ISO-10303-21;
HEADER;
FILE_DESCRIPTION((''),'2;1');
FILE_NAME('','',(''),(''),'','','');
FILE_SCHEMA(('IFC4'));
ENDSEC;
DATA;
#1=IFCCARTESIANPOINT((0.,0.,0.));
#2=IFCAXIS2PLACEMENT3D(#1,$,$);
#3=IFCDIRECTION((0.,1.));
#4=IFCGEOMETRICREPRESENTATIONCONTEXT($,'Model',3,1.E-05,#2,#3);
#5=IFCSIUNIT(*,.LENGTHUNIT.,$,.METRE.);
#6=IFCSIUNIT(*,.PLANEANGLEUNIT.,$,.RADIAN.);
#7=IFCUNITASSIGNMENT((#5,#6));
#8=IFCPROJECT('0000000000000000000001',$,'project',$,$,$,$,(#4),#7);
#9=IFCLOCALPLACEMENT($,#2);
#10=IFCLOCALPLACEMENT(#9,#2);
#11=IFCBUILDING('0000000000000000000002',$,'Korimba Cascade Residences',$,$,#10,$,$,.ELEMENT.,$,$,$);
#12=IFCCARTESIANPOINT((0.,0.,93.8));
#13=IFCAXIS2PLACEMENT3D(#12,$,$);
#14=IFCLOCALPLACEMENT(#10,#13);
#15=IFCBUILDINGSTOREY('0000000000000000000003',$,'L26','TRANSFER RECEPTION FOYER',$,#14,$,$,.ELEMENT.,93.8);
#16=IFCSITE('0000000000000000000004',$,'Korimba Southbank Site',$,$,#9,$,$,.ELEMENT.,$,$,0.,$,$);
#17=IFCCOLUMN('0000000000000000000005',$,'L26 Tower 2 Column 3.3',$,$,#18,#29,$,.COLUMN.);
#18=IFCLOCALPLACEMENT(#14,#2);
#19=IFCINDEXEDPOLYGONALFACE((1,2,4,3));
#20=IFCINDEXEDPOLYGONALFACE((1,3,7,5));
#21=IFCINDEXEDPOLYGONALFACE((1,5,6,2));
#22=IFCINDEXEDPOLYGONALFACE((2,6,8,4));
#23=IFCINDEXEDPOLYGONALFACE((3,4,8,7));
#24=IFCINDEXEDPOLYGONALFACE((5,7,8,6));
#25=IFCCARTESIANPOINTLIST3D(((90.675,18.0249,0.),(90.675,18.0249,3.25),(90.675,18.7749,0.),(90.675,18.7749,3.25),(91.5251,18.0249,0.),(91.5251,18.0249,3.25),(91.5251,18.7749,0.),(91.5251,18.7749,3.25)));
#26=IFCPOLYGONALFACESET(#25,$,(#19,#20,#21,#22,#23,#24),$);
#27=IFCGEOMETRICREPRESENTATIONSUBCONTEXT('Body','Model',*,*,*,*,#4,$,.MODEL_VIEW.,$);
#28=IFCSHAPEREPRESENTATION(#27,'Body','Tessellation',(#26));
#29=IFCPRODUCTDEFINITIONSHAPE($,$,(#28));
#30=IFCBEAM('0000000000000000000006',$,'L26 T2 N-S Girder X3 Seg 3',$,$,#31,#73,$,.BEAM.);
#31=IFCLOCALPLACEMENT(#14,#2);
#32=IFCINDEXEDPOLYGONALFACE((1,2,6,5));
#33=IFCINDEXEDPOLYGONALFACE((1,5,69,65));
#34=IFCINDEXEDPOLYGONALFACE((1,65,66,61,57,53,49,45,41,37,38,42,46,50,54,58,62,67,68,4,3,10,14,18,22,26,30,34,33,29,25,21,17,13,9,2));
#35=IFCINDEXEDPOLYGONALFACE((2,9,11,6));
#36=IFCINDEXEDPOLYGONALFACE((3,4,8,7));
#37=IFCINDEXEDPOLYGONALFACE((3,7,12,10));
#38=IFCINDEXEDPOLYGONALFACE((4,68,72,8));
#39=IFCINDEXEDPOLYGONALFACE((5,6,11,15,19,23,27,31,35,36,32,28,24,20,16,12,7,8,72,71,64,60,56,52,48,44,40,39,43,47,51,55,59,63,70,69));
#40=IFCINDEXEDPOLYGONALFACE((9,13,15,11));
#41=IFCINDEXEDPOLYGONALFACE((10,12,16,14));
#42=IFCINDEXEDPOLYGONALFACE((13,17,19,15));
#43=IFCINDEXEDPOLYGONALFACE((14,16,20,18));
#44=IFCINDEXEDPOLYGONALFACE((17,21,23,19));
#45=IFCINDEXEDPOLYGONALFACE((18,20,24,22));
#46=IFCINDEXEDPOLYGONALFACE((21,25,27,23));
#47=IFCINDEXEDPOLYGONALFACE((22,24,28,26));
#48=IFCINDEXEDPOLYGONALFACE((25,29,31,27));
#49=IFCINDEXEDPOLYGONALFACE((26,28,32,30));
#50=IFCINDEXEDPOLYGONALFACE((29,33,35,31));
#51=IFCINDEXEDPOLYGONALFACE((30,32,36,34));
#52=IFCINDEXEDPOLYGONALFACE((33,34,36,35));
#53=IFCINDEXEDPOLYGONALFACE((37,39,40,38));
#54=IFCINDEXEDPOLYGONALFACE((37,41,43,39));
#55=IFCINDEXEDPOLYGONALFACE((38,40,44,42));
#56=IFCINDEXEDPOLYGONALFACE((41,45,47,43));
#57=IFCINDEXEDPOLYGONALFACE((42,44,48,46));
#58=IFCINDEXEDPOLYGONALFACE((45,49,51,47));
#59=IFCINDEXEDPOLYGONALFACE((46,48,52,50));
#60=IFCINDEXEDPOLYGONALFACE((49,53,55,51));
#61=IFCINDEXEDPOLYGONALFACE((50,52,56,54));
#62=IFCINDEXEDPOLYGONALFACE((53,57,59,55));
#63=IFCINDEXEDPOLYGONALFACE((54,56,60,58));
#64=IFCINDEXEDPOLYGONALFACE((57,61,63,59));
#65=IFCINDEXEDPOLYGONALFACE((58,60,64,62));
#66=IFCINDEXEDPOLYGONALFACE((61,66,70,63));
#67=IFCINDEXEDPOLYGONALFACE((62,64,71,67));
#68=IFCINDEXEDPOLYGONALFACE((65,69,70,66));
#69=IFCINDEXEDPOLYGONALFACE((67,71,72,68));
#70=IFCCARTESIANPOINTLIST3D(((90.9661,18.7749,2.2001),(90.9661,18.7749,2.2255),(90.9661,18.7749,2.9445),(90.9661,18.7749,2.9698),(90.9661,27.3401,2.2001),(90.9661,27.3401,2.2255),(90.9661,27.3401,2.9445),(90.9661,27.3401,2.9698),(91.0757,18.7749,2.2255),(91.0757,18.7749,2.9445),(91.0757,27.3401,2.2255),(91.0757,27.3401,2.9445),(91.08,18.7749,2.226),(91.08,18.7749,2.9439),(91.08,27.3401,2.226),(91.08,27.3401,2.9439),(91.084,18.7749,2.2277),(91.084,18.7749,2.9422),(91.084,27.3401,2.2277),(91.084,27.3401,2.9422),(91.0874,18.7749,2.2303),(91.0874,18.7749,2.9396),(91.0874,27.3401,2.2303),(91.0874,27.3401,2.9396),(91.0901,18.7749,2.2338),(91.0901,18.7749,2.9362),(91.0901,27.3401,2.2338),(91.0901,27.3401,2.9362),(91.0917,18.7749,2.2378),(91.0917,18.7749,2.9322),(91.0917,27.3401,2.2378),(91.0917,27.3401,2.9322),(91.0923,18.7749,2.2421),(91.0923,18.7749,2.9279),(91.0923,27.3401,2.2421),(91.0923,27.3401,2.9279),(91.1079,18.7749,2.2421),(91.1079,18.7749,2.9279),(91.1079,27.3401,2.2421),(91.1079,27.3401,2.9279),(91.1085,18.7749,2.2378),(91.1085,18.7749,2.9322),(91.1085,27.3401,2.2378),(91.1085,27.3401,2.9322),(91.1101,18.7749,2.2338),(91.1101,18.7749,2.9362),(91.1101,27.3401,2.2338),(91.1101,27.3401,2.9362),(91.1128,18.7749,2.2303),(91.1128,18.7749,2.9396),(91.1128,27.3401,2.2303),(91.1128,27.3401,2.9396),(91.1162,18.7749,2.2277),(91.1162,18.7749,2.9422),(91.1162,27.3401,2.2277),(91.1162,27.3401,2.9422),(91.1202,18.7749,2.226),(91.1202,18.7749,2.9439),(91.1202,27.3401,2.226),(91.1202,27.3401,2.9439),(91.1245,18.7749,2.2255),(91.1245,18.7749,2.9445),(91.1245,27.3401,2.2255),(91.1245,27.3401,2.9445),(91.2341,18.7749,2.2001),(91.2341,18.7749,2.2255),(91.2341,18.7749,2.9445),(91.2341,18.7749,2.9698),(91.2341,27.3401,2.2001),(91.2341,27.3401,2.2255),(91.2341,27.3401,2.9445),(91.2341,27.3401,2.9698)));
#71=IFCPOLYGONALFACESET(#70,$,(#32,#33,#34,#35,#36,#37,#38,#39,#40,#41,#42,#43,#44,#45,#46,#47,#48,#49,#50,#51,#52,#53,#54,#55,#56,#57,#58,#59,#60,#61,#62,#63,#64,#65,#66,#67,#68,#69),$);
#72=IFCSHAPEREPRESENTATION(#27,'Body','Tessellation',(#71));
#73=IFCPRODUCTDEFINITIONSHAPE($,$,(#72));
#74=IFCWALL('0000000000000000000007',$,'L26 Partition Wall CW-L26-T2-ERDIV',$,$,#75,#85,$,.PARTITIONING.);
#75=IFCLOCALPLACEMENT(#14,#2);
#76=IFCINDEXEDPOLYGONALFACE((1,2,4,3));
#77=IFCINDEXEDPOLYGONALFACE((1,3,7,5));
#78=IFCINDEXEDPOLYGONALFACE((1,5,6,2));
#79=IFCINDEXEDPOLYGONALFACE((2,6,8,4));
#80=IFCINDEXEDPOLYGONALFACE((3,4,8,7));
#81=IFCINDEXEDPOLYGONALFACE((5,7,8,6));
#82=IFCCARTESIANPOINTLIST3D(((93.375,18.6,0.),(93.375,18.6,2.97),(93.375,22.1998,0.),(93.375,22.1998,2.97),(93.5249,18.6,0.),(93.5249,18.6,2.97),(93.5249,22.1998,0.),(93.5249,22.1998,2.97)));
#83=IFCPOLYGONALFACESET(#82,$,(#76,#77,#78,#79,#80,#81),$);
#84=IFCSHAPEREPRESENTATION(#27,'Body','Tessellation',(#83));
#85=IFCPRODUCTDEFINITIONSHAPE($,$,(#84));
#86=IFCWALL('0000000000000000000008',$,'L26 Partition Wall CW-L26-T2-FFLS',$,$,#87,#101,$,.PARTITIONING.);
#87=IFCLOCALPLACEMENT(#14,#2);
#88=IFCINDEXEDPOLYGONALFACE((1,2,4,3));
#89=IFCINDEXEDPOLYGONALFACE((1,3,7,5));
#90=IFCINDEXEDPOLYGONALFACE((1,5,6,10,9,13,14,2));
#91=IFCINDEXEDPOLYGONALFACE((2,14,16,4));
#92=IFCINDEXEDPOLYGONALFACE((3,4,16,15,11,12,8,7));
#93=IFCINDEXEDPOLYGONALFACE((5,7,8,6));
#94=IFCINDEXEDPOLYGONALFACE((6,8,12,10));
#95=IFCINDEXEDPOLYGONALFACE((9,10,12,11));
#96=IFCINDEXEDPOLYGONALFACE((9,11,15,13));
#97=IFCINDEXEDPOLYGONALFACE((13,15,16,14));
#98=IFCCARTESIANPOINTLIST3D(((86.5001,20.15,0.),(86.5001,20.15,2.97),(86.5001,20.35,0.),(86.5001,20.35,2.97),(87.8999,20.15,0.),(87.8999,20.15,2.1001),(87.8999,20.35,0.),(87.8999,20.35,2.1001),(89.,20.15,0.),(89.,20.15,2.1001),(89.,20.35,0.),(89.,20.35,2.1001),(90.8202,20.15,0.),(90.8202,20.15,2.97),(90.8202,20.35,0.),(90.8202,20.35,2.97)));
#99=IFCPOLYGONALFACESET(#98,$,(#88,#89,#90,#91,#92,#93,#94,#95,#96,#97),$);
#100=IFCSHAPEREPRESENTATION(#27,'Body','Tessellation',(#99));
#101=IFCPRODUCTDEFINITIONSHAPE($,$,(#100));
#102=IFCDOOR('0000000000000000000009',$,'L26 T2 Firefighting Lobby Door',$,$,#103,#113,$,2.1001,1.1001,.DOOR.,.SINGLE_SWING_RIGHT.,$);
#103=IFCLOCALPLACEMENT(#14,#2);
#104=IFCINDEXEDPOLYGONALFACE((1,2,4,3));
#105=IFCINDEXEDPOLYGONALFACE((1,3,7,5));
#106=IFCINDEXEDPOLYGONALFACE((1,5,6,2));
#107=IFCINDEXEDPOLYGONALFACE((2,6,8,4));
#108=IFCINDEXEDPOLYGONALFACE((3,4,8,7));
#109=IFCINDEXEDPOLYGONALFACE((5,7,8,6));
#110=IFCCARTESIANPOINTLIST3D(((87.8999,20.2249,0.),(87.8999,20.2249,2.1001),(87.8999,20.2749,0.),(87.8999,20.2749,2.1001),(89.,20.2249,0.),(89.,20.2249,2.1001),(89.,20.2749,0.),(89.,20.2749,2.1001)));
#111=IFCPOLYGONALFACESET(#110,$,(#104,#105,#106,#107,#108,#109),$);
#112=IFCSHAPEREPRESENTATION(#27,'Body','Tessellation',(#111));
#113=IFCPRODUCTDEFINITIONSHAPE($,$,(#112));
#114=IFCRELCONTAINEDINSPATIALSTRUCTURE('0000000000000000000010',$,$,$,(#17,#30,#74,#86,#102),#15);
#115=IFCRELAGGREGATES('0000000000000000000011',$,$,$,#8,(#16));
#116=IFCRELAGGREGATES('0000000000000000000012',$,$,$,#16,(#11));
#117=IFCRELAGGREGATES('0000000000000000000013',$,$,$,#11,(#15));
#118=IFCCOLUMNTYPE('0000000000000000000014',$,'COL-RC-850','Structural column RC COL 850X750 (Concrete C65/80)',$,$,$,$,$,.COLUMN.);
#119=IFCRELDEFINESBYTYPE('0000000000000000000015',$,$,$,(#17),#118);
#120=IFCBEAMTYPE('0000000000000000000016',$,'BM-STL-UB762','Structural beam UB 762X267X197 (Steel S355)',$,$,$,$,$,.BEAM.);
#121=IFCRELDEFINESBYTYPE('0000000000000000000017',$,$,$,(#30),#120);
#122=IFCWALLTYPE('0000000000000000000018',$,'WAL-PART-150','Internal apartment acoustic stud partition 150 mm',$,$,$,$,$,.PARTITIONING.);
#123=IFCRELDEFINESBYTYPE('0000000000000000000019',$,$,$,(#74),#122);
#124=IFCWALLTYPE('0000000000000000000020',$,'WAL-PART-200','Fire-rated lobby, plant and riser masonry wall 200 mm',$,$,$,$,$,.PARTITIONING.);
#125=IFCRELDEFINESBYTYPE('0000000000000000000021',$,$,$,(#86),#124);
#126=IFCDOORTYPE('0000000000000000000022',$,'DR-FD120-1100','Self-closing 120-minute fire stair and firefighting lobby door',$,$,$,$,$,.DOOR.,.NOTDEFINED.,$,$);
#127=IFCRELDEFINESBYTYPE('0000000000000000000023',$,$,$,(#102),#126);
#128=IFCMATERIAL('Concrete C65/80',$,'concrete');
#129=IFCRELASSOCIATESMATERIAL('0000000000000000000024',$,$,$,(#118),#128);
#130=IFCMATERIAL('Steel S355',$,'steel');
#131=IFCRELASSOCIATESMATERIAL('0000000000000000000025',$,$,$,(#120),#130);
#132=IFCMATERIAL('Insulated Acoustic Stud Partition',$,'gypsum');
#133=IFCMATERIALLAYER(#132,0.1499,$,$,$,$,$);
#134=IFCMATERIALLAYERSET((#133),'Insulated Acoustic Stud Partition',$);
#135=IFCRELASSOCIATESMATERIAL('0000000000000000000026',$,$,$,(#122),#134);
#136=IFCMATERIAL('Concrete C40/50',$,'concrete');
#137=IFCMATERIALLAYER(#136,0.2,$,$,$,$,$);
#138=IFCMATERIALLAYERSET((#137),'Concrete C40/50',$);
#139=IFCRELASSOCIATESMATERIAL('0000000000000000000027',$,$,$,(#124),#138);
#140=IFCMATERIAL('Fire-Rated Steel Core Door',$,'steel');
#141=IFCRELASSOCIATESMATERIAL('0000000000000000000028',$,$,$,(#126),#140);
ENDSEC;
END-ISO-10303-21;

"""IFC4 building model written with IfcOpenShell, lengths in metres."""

from ifc_helpers import new_model, si_unit, direction, frame, frame_2d, origin, origin_2d, place, context, subcontext, project, spatial, rectangle, i_section, extrude, material, layer, layer_set, material_profile, profile_set, type_object, element, fill, save


model = new_model("IFC4")

# Units and contexts
model_context = context("Model", 3, precision=1e-05, world=origin(), true_north=direction((0.0, 1.0)))
body_context = subcontext(model_context, "Body", "Model", "MODEL_VIEW")
ifc_project = project(units=[si_unit("LENGTHUNIT", "METRE"), si_unit("PLANEANGLEUNIT", "RADIAN")], contexts=[model_context])

# Site, building, storey
site_placement = place(None, origin())
site = spatial("IfcSite", under=ifc_project, at=site_placement, Name="Korimba Southbank Site", CompositionType="ELEMENT", RefElevation=0.0)
building_placement = place(site_placement, origin())
building = spatial("IfcBuilding", under=site, at=building_placement, Name="Korimba Cascade Residences", CompositionType="ELEMENT")
storey_placement = place(building_placement, frame((0.0, 0.0, 93.8)))
storey = spatial("IfcBuildingStorey", under=building, at=storey_placement, Name="L26", Description="TRANSFER RECEPTION FOYER", CompositionType="ELEMENT", Elevation=93.8)

# Column
ifc_material_1 = material(Name="Concrete C65/80", Category="concrete")
ifc_material_profile_1 = material_profile(ifc_material_1, rectangle(XDim=0.8501, YDim=0.75, at=origin_2d()), Name="Concrete C65/80")
ifc_profile_set_1 = profile_set([ifc_material_profile_1], Name="Concrete C65/80")
column_type = type_object("IfcColumnType", Name="COL-RC-850", Description="Structural column RC COL 850X750 (Concrete C65/80)", PredefinedType="COLUMN", material=ifc_profile_set_1)
column_placement = place(storey_placement, frame((91.1001, 18.3999, 0.0), z_axis=(0.0, 0.0, 1.0), x_axis=(1.0, 0.0, 0.0)))
element("IfcColumn", 1, at=column_placement, inside=storey, type_object=column_type, Name="L26 Tower 2 Column 3.3", PredefinedType="COLUMN", context=body_context, shape_type="SweptSolid", body=[
    extrude(rectangle(XDim=0.8501, YDim=0.75, at=origin_2d()), origin(), (0.0, 0.0, 1.0), 3.25),
])

# Beam
ifc_material_2 = material(Name="Steel S355", Category="steel")
ifc_material_profile_2 = material_profile(ifc_material_2, i_section(OverallWidth=0.2681, OverallDepth=0.7698, WebThickness=0.0156, FlangeThickness=0.0254, FilletRadius=0.0166, at=origin_2d()), Name="Steel S355")
ifc_profile_set_2 = profile_set([ifc_material_profile_2], Name="Steel S355")
beam_type = type_object("IfcBeamType", Name="BM-STL-UB762", Description="Structural beam UB 762X267X197 (Steel S355)", PredefinedType="BEAM", material=ifc_profile_set_2)
beam_placement = place(storey_placement, frame((91.1001, 18.7749, 2.585), z_axis=(0.0, 1.0, 0.0), x_axis=(-1.0, 0.0, 0.0)))
element("IfcBeam", 2, at=beam_placement, inside=storey, type_object=beam_type, Name="L26 T2 N-S Girder X3 Seg 3", PredefinedType="BEAM", context=body_context, shape_type="SweptSolid", body=[
    extrude(i_section(OverallWidth=0.2681, OverallDepth=0.7698, WebThickness=0.0156, FlangeThickness=0.0254, FilletRadius=0.0166, at=origin_2d()), origin(), (0.0, 0.0, 1.0), 8.5652),
])

# Wall
ifc_material_3 = material(Name="Insulated Acoustic Stud Partition", Category="gypsum")
ifc_layer_1 = layer(ifc_material_3, 0.1499)
ifc_layer_set_1 = layer_set([ifc_layer_1], Name="Insulated Acoustic Stud Partition")
wall_type_1 = type_object("IfcWallType", Name="WAL-PART-150", Description="Internal apartment acoustic stud partition 150 mm", PredefinedType="PARTITIONING", material=ifc_layer_set_1)
wall_1_placement = place(storey_placement, frame((93.45, 18.6001, 0.0), z_axis=(0.0, 0.0, 1.0), x_axis=(0.0, 1.0, 0.0)))
element("IfcWall", 3, at=wall_1_placement, inside=storey, type_object=wall_type_1, Name="L26 Partition Wall CW-L26-T2-ERDIV", PredefinedType="PARTITIONING", context=body_context, shape_type="SweptSolid", body=[
    extrude(rectangle(XDim=3.5999, YDim=0.1499, at=frame_2d((1.7998, 0.0))), origin(), (0.0, 0.0, 1.0), 2.97),
])

# Wall, opening, door
ifc_material_4 = material(Name="Concrete C40/50", Category="concrete")
ifc_layer_2 = layer(ifc_material_4, 0.2)
ifc_layer_set_2 = layer_set([ifc_layer_2], Name="Concrete C40/50")
wall_type_2 = type_object("IfcWallType", Name="WAL-PART-200", Description="Fire-rated lobby, plant and riser masonry wall 200 mm", PredefinedType="PARTITIONING", material=ifc_layer_set_2)
wall_2_placement = place(storey_placement, frame((86.5, 20.25, 0.0), z_axis=(0.0, 0.0, 1.0), x_axis=(1.0, 0.0, 0.0)))
wall_2 = element("IfcWall", 4, at=wall_2_placement, inside=storey, type_object=wall_type_2, Name="L26 Partition Wall CW-L26-T2-FFLS", PredefinedType="PARTITIONING", context=body_context, shape_type="SweptSolid", body=[
    extrude(rectangle(XDim=4.3201, YDim=0.2, at=frame_2d((2.1602, 0.0))), origin(), (0.0, 0.0, 1.0), 2.97),
])
opening_1_placement = place(wall_2_placement, frame((1.3999, 0.0, 0.0)))
opening_1 = element("IfcOpeningElement", 5, at=opening_1_placement, cuts=wall_2, PredefinedType="OPENING", context=body_context, shape_type="SweptSolid", body=[
    extrude(rectangle(XDim=1.1001, YDim=2.1001, at=frame_2d((0.55, 1.05))), frame((0.0, 0.1099, 0.0), z_axis=(0.0, -1.0, 0.0), x_axis=(1.0, 0.0, 0.0)), (0.0, 0.0, 1.0), 0.22),
])
ifc_material_5 = material(Name="Fire-Rated Steel Core Door", Category="steel")
door_type_1 = type_object("IfcDoorType", Name="DR-FD120-1100", Description="Self-closing 120-minute fire stair and firefighting lobby door", OperationType="NOTDEFINED", PredefinedType="DOOR", material=ifc_material_5)
door_1_placement = place(opening_1_placement, origin())
door_1 = element("IfcDoor", 6, at=door_1_placement, inside=storey, type_object=door_type_1, Name="L26 T2 Firefighting Lobby Door", OperationType="SINGLE_SWING_RIGHT", OverallHeight=2.1001, OverallWidth=1.1001, PredefinedType="DOOR", context=body_context, shape_type="SweptSolid", body=[
    extrude(rectangle(XDim=1.1001, YDim=2.1001, at=frame_2d((0.55, 1.05))), frame((0.0, 0.0249, 0.0), z_axis=(0.0, -1.0, 0.0), x_axis=(1.0, 0.0, 0.0)), (0.0, 0.0, 1.0), 0.05),
])
fill(opening_1, door_1)

save(model, "model.ifc")
